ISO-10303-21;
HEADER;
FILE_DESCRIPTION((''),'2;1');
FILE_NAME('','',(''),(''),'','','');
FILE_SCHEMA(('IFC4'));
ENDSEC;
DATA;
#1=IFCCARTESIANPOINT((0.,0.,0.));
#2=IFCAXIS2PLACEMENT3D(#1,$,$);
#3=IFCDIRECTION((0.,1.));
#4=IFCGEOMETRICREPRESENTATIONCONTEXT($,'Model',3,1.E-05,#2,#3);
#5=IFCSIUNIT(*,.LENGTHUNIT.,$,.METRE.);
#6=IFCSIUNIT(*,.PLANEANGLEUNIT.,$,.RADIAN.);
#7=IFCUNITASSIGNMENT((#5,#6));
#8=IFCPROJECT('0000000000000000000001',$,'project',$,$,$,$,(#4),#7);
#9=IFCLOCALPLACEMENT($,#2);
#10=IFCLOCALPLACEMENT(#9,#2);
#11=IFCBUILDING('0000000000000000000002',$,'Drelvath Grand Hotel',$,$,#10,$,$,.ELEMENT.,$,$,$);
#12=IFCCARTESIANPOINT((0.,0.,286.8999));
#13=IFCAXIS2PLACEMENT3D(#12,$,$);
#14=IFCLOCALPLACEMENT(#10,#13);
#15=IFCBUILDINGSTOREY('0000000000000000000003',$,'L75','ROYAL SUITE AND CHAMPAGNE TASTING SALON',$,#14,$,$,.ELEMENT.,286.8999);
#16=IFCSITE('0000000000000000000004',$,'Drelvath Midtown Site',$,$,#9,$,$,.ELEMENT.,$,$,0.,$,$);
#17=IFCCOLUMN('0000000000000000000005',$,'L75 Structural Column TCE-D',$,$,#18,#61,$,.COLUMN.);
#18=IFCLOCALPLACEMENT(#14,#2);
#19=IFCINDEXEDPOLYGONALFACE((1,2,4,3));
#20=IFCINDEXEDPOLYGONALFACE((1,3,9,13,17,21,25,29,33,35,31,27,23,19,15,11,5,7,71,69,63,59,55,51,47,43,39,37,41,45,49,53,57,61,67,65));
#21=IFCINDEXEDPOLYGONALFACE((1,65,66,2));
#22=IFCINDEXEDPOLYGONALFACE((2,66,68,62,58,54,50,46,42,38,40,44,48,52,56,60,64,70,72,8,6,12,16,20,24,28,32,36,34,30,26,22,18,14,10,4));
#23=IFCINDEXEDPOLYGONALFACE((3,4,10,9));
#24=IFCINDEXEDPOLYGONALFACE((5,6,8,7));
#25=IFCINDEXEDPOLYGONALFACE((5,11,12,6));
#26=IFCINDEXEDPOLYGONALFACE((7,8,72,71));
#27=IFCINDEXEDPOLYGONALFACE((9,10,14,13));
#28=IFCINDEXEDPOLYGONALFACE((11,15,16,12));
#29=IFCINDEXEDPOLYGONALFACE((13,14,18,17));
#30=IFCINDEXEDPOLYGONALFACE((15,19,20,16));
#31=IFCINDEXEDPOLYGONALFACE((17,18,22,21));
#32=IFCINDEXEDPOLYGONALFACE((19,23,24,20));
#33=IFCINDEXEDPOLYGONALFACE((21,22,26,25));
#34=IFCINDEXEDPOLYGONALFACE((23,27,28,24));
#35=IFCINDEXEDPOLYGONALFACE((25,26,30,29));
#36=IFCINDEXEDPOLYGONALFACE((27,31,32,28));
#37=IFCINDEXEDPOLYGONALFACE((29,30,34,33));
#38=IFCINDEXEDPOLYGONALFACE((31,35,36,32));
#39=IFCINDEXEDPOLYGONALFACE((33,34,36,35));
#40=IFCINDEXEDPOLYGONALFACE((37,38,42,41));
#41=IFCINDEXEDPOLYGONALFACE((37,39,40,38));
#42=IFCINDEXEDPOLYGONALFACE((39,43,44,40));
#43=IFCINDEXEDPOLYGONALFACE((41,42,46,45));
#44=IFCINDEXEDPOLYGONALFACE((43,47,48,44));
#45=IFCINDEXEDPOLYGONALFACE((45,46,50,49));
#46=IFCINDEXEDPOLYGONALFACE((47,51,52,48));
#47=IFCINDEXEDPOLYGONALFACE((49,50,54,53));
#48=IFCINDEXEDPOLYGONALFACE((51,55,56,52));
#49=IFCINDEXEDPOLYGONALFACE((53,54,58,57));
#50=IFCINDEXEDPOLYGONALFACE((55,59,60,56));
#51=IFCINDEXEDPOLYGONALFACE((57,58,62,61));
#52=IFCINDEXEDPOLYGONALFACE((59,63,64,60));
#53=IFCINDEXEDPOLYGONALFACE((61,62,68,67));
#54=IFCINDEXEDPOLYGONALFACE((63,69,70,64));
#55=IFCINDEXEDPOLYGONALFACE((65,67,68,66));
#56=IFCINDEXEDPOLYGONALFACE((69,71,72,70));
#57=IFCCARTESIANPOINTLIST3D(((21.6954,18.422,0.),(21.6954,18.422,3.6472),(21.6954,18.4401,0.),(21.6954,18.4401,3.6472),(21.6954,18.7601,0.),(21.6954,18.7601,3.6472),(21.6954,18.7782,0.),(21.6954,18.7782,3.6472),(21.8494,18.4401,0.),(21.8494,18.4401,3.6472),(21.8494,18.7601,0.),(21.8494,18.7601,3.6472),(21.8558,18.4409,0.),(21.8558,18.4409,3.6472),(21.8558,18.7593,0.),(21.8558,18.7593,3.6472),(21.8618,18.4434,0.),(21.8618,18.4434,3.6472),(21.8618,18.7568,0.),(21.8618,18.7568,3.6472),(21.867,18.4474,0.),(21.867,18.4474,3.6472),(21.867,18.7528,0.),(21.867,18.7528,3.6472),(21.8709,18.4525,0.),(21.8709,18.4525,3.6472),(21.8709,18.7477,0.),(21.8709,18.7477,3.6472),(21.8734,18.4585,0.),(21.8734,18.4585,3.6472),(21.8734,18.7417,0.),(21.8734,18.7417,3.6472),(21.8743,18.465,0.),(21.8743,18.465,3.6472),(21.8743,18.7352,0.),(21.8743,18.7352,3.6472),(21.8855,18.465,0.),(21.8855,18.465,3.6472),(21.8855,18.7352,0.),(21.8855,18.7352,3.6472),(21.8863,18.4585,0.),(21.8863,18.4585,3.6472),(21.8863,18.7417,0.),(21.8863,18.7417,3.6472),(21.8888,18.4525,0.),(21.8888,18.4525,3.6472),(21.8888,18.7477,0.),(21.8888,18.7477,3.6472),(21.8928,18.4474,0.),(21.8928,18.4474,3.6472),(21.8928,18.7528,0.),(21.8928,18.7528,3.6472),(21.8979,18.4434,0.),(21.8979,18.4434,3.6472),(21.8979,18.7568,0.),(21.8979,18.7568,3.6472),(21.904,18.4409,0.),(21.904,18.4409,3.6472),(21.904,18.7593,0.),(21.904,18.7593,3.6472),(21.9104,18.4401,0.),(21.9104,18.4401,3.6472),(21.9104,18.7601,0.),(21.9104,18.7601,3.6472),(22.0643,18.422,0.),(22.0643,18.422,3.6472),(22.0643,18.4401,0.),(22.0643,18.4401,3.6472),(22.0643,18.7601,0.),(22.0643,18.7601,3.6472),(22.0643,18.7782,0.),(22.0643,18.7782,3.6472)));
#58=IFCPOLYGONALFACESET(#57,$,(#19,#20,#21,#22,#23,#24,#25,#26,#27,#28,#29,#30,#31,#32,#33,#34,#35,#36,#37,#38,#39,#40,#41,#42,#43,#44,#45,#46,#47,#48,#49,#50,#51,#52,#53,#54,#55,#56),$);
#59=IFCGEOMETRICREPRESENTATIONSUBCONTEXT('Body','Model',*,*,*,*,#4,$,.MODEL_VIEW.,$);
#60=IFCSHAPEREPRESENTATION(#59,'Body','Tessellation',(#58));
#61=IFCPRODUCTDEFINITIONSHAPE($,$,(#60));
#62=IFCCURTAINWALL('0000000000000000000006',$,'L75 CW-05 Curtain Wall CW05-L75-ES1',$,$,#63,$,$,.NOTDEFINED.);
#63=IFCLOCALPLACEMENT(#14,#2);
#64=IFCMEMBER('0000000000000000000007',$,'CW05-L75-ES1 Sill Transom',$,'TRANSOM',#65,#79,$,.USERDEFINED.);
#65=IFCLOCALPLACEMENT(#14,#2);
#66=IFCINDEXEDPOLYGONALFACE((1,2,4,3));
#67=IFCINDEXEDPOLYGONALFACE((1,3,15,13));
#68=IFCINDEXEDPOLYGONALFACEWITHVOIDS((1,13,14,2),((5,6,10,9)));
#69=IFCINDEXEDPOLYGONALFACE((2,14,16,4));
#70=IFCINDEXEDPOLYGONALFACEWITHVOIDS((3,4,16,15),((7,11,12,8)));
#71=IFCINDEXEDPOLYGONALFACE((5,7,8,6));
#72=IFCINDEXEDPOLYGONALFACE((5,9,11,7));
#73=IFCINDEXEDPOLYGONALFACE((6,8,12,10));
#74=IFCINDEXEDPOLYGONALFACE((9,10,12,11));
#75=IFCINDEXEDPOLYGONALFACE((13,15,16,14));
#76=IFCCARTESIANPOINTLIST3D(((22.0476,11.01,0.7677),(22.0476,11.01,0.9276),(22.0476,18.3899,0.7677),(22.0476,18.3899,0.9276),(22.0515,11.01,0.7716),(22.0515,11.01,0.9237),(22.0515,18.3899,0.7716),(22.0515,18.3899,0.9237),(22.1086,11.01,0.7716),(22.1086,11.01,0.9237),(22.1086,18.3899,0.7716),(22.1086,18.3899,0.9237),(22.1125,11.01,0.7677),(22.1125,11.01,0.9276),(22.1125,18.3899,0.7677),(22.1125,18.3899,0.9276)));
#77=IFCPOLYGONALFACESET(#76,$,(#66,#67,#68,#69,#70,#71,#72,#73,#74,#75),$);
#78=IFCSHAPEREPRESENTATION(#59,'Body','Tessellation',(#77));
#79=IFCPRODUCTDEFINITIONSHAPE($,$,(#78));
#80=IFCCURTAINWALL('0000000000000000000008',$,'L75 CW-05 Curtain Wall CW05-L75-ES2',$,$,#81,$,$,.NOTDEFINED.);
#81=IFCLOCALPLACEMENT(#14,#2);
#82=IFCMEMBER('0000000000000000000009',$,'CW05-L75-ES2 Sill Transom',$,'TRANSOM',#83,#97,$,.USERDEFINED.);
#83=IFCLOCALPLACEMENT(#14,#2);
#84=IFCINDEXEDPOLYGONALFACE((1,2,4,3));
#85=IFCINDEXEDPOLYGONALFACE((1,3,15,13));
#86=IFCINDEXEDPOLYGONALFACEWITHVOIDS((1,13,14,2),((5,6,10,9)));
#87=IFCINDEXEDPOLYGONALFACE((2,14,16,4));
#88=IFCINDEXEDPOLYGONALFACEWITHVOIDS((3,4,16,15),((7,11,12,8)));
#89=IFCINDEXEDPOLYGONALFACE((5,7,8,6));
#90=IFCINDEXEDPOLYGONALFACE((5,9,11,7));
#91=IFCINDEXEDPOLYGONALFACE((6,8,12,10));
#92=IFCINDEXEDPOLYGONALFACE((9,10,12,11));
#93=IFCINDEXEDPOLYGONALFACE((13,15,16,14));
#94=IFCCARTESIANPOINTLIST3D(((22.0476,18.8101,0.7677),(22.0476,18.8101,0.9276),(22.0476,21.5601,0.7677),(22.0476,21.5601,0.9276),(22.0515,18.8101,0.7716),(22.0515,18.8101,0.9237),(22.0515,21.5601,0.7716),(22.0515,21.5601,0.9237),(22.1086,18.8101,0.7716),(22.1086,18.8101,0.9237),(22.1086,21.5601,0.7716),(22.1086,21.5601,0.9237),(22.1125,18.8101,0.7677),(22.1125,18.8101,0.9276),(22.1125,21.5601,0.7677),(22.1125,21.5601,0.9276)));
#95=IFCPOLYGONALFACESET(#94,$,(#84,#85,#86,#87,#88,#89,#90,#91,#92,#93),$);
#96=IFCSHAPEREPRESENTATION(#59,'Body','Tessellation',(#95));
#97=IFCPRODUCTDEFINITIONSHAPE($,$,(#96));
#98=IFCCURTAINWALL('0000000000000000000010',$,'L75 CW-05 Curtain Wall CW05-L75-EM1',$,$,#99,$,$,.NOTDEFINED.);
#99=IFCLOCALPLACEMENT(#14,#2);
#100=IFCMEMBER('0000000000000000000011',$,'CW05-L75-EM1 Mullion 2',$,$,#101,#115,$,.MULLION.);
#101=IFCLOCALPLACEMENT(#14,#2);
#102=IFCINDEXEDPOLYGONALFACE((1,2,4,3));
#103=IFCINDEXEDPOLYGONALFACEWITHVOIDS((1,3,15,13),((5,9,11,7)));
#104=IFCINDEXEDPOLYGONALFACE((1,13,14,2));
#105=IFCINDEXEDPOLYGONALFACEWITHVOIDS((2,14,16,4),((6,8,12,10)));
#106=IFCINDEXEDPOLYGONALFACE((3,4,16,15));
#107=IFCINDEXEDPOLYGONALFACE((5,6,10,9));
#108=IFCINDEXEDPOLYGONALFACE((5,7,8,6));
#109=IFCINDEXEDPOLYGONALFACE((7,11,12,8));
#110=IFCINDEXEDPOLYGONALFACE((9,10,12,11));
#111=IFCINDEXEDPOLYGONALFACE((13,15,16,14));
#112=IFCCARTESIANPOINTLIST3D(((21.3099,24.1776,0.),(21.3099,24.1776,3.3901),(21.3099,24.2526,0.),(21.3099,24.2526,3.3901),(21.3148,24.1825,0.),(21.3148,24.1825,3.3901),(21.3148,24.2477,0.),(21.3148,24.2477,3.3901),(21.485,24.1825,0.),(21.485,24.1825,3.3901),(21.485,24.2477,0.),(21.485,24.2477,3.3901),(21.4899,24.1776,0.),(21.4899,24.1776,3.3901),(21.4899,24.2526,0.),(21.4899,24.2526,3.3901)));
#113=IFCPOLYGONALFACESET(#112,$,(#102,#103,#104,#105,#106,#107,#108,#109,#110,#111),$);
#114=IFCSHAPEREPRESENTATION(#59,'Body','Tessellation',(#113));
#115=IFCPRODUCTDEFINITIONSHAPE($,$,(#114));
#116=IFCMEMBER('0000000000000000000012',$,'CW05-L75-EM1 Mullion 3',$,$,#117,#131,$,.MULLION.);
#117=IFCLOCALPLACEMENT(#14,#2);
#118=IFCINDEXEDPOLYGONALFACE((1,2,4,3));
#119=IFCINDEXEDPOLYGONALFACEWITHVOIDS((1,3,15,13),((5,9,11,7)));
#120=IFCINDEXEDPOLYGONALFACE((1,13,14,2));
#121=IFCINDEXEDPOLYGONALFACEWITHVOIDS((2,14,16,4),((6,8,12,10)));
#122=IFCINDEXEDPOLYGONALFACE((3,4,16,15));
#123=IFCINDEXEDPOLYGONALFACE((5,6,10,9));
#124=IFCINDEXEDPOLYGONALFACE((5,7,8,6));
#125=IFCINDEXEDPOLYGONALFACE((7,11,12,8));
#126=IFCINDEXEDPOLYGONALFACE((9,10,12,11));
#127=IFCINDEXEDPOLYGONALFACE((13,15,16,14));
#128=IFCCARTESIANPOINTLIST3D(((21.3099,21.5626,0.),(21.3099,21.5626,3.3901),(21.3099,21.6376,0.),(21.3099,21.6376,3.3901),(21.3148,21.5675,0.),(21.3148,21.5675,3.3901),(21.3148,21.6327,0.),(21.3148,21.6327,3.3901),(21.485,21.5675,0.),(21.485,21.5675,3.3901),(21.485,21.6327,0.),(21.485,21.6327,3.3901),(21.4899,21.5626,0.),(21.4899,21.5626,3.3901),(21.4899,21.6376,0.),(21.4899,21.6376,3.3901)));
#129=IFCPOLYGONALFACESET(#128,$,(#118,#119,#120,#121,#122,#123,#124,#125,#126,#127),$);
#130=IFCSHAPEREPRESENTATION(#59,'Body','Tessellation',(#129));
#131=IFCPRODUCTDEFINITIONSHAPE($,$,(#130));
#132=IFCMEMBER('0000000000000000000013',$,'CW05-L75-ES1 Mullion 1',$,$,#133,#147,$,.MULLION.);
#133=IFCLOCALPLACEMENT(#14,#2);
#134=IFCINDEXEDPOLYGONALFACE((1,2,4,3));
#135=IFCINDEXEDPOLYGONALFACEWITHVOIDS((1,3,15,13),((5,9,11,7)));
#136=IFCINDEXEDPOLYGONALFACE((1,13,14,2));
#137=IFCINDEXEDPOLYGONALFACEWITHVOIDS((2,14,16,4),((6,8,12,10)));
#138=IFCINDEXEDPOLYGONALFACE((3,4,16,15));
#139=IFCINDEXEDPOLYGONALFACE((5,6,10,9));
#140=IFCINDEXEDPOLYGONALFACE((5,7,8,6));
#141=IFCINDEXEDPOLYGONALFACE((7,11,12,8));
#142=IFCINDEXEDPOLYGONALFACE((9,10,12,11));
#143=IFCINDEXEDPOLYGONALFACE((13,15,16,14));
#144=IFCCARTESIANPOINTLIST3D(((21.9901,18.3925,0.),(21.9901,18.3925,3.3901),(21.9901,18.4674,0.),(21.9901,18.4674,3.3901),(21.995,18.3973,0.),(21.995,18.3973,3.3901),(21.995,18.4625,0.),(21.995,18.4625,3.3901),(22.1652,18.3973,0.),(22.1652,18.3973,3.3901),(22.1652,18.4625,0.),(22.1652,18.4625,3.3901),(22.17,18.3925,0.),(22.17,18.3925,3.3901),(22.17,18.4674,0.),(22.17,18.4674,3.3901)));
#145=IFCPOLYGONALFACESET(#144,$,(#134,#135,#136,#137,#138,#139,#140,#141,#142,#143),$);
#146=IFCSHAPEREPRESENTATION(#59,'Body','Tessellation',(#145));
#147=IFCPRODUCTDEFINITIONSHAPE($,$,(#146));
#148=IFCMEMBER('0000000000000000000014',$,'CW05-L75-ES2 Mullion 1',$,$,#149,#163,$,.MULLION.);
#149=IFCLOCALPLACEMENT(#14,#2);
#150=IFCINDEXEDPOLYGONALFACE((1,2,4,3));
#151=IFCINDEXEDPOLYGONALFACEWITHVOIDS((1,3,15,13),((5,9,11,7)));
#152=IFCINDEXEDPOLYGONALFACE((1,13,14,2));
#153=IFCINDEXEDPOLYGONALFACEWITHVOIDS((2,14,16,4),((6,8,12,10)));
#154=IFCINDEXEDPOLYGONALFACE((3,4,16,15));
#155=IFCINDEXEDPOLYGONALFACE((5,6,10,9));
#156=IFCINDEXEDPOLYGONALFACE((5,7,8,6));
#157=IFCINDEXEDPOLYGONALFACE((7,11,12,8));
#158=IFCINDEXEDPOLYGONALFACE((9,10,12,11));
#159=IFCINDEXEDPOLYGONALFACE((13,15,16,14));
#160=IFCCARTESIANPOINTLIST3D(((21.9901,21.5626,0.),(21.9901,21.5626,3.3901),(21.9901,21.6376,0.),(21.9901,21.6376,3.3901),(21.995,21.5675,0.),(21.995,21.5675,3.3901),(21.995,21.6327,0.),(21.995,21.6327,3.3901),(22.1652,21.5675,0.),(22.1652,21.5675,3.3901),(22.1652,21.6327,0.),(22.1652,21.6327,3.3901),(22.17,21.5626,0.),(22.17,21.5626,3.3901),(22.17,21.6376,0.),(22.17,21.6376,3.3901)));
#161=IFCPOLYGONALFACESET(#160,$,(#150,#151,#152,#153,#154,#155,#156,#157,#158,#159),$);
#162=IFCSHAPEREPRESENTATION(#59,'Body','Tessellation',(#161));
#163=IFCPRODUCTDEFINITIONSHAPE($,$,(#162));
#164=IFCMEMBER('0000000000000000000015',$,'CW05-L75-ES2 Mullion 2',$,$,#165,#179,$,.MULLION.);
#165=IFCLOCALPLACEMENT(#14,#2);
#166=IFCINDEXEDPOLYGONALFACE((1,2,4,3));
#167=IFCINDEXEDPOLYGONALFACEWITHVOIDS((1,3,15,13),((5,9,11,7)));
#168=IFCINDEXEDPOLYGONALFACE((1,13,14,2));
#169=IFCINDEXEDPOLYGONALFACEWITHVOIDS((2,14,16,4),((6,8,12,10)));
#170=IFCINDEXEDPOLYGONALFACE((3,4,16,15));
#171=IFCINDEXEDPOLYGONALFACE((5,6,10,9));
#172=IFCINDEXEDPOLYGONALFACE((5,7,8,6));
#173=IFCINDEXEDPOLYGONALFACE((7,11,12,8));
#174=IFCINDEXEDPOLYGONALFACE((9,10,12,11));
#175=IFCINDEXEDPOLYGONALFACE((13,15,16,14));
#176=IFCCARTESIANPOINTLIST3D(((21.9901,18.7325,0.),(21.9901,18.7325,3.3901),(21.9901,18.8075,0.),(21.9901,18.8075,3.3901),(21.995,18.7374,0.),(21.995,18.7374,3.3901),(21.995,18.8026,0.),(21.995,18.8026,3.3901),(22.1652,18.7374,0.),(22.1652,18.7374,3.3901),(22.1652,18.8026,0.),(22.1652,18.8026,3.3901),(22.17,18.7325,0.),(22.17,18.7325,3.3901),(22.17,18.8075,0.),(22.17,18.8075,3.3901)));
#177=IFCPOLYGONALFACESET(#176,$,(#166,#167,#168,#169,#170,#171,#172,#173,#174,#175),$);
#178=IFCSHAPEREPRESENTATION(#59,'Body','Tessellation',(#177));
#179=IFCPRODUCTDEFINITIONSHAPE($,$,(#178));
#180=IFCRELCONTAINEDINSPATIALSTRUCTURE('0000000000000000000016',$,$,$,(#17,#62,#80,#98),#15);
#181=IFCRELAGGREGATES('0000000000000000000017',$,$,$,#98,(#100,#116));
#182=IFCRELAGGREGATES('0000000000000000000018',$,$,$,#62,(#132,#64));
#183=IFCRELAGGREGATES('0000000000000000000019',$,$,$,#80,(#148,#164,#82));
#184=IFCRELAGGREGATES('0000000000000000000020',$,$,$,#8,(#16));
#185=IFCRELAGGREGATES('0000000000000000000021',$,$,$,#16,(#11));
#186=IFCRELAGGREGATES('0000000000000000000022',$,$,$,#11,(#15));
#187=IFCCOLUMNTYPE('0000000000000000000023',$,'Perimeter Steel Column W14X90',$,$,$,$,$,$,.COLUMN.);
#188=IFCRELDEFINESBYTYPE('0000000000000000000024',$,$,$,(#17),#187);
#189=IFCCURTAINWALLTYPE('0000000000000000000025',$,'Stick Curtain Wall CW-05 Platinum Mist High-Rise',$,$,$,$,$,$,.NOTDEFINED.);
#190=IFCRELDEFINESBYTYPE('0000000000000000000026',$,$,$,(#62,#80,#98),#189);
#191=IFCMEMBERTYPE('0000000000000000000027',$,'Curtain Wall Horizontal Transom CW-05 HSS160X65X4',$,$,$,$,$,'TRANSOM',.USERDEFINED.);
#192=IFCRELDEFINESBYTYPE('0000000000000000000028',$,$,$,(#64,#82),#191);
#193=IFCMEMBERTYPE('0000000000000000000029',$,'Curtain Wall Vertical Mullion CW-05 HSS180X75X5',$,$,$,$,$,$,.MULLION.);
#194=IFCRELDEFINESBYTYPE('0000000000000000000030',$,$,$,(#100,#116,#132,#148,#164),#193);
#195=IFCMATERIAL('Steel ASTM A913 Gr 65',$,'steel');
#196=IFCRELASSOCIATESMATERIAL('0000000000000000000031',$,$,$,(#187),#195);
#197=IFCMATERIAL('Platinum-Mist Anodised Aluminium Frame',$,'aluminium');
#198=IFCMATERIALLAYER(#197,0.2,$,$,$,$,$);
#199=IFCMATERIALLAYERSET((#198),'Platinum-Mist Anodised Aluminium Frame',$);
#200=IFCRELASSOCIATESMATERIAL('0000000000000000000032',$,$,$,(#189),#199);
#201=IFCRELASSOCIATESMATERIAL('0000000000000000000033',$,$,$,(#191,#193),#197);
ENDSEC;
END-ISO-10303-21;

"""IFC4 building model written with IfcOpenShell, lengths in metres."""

from ifc_helpers import new_model, si_unit, direction, frame, origin, origin_2d, place, context, subcontext, project, spatial, hollow_rectangle, i_section, extrude, material, layer, layer_set, material_profile, profile_set, type_object, element, aggregate, save


model = new_model("IFC4")

# Units and contexts
model_context = context("Model", 3, precision=1e-05, world=origin(), true_north=direction((0.0, 1.0)))
body_context = subcontext(model_context, "Body", "Model", "MODEL_VIEW")
ifc_project = project(units=[si_unit("LENGTHUNIT", "METRE"), si_unit("PLANEANGLEUNIT", "RADIAN")], contexts=[model_context])

# Site, building, storey
site_placement = place(None, origin())
site = spatial("IfcSite", under=ifc_project, at=site_placement, Name="Drelvath Midtown Site", CompositionType="ELEMENT", RefElevation=0.0)
building_placement = place(site_placement, origin())
building = spatial("IfcBuilding", under=site, at=building_placement, Name="Drelvath Grand Hotel", CompositionType="ELEMENT")
storey_placement = place(building_placement, frame((0.0, 0.0, 286.8999)))
storey = spatial("IfcBuildingStorey", under=building, at=storey_placement, Name="L75", Description="ROYAL SUITE AND CHAMPAGNE TASTING SALON", CompositionType="ELEMENT", Elevation=286.8999)

# Column
ifc_material_1 = material(Name="Steel ASTM A913 Gr 65", Category="steel")
ifc_material_profile_1 = material_profile(ifc_material_1, i_section(OverallWidth=0.3689, OverallDepth=0.3562, WebThickness=0.0112, FlangeThickness=0.0181, FilletRadius=0.0249, at=origin_2d()), Name="W14X90")
ifc_profile_set_1 = profile_set([ifc_material_profile_1], Name="Steel ASTM A913 Gr 65")
column_type = type_object("IfcColumnType", Name="Perimeter Steel Column W14X90", PredefinedType="COLUMN", material=ifc_profile_set_1)
column_placement = place(storey_placement, frame((21.8799, 18.6001, 0.0), z_axis=(0.0, 0.0, 1.0), x_axis=(1.0, 0.0, 0.0)))
element("IfcColumn", 1, at=column_placement, inside=storey, type_object=column_type, Name="L75 Structural Column TCE-D", PredefinedType="COLUMN", context=body_context, shape_type="SweptSolid", body=[
    extrude(i_section(OverallWidth=0.3689, OverallDepth=0.3562, WebThickness=0.0112, FlangeThickness=0.0181, FilletRadius=0.0249, at=origin_2d()), origin(), (0.0, 0.0, 1.0), 3.6472),
])

# Curtain walls, members
ifc_material_2 = material(Name="Platinum-Mist Anodised Aluminium Frame", Category="aluminium")
ifc_layer_1 = layer(ifc_material_2, 0.2)
ifc_layer_set_1 = layer_set([ifc_layer_1], Name="Platinum-Mist Anodised Aluminium Frame")
curtain_wall_type = type_object("IfcCurtainWallType", Name="Stick Curtain Wall CW-05 Platinum Mist High-Rise", PredefinedType="NOTDEFINED", material=ifc_layer_set_1)
curtain_wall_1_placement = place(storey_placement, origin())
curtain_wall_1 = element("IfcCurtainWall", 2, at=curtain_wall_1_placement, inside=storey, type_object=curtain_wall_type, Name="L75 CW-05 Curtain Wall CW05-L75-ES1", PredefinedType="NOTDEFINED")
ifc_material_profile_2 = material_profile(ifc_material_2, hollow_rectangle(XDim=0.0649, YDim=0.1599, WallThickness=0.0039, at=origin_2d()), Name="HSS160X65X4")
ifc_profile_set_2 = profile_set([ifc_material_profile_2], Name="Platinum-Mist Anodised Aluminium Frame")
member_type_1 = type_object("IfcMemberType", Name="Curtain Wall Horizontal Transom CW-05 HSS160X65X4", ElementType="TRANSOM", PredefinedType="USERDEFINED", material=ifc_profile_set_2)
member_1_placement = place(storey_placement, frame((22.0801, 18.3899, 0.8477), z_axis=(0.0, -1.0, 0.0), x_axis=(1.0, 0.0, 0.0)))
member_1 = element("IfcMember", 3, at=member_1_placement, type_object=member_type_1, Name="CW05-L75-ES1 Sill Transom", ObjectType="TRANSOM", PredefinedType="USERDEFINED", context=body_context, shape_type="SweptSolid", body=[
    extrude(hollow_rectangle(XDim=0.0649, YDim=0.1599, WallThickness=0.0039, at=origin_2d()), origin(), (0.0, 0.0, 1.0), 7.3799),
])
curtain_wall_2_placement = place(storey_placement, origin())
curtain_wall_2 = element("IfcCurtainWall", 4, at=curtain_wall_2_placement, inside=storey, type_object=curtain_wall_type, Name="L75 CW-05 Curtain Wall CW05-L75-ES2", PredefinedType="NOTDEFINED")
member_2_placement = place(storey_placement, frame((22.0801, 21.5601, 0.8477), z_axis=(0.0, -1.0, 0.0), x_axis=(1.0, 0.0, 0.0)))
member_2 = element("IfcMember", 5, at=member_2_placement, type_object=member_type_1, Name="CW05-L75-ES2 Sill Transom", ObjectType="TRANSOM", PredefinedType="USERDEFINED", context=body_context, shape_type="SweptSolid", body=[
    extrude(hollow_rectangle(XDim=0.0649, YDim=0.1599, WallThickness=0.0039, at=origin_2d()), origin(), (0.0, 0.0, 1.0), 2.75),
])

# Curtain wall, members
curtain_wall_3_placement = place(storey_placement, origin())
curtain_wall_3 = element("IfcCurtainWall", 6, at=curtain_wall_3_placement, inside=storey, type_object=curtain_wall_type, Name="L75 CW-05 Curtain Wall CW05-L75-EM1", PredefinedType="NOTDEFINED")
ifc_material_profile_3 = material_profile(ifc_material_2, hollow_rectangle(XDim=0.075, YDim=0.1799, WallThickness=0.0049, at=origin_2d()), Name="HSS180X75X5")
ifc_profile_set_3 = profile_set([ifc_material_profile_3], Name="Platinum-Mist Anodised Aluminium Frame")
member_type_2 = type_object("IfcMemberType", Name="Curtain Wall Vertical Mullion CW-05 HSS180X75X5", PredefinedType="MULLION", material=ifc_profile_set_3)
member_3_placement = place(storey_placement, frame((21.3999, 24.2151, 0.0), z_axis=(0.0, 0.0, 1.0), x_axis=(0.0, 1.0, 0.0)))
member_3 = element("IfcMember", 7, at=member_3_placement, type_object=member_type_2, Name="CW05-L75-EM1 Mullion 2", PredefinedType="MULLION", context=body_context, shape_type="SweptSolid", body=[
    extrude(hollow_rectangle(XDim=0.075, YDim=0.1799, WallThickness=0.0049, at=origin_2d()), origin(), (0.0, 0.0, 1.0), 3.3901),
])
member_4_placement = place(storey_placement, frame((21.3999, 21.6001, 0.0), z_axis=(0.0, 0.0, 1.0), x_axis=(0.0, 1.0, 0.0)))
member_4 = element("IfcMember", 8, at=member_4_placement, type_object=member_type_2, Name="CW05-L75-EM1 Mullion 3", PredefinedType="MULLION", context=body_context, shape_type="SweptSolid", body=[
    extrude(hollow_rectangle(XDim=0.075, YDim=0.1799, WallThickness=0.0049, at=origin_2d()), origin(), (0.0, 0.0, 1.0), 3.3901),
])

# Members
member_5_placement = place(storey_placement, frame((22.0801, 18.4299, 0.0), z_axis=(0.0, 0.0, 1.0), x_axis=(0.0, 1.0, 0.0)))
member_5 = element("IfcMember", 9, at=member_5_placement, type_object=member_type_2, Name="CW05-L75-ES1 Mullion 1", PredefinedType="MULLION", context=body_context, shape_type="SweptSolid", body=[
    extrude(hollow_rectangle(XDim=0.075, YDim=0.1799, WallThickness=0.0049, at=origin_2d()), origin(), (0.0, 0.0, 1.0), 3.3901),
])
member_6_placement = place(storey_placement, frame((22.0801, 21.6001, 0.0), z_axis=(0.0, 0.0, 1.0), x_axis=(0.0, 1.0, 0.0)))
member_6 = element("IfcMember", 10, at=member_6_placement, type_object=member_type_2, Name="CW05-L75-ES2 Mullion 1", PredefinedType="MULLION", context=body_context, shape_type="SweptSolid", body=[
    extrude(hollow_rectangle(XDim=0.075, YDim=0.1799, WallThickness=0.0049, at=origin_2d()), origin(), (0.0, 0.0, 1.0), 3.3901),
])
member_7_placement = place(storey_placement, frame((22.0801, 18.77, 0.0), z_axis=(0.0, 0.0, 1.0), x_axis=(0.0, 1.0, 0.0)))
member_7 = element("IfcMember", 11, at=member_7_placement, type_object=member_type_2, Name="CW05-L75-ES2 Mullion 2", PredefinedType="MULLION", context=body_context, shape_type="SweptSolid", body=[
    extrude(hollow_rectangle(XDim=0.075, YDim=0.1799, WallThickness=0.0049, at=origin_2d()), origin(), (0.0, 0.0, 1.0), 3.3901),
])

aggregate(curtain_wall_3, [member_3, member_4])
aggregate(curtain_wall_1, [member_5, member_1])
aggregate(curtain_wall_2, [member_6, member_7, member_2])

save(model, "model.ifc")
